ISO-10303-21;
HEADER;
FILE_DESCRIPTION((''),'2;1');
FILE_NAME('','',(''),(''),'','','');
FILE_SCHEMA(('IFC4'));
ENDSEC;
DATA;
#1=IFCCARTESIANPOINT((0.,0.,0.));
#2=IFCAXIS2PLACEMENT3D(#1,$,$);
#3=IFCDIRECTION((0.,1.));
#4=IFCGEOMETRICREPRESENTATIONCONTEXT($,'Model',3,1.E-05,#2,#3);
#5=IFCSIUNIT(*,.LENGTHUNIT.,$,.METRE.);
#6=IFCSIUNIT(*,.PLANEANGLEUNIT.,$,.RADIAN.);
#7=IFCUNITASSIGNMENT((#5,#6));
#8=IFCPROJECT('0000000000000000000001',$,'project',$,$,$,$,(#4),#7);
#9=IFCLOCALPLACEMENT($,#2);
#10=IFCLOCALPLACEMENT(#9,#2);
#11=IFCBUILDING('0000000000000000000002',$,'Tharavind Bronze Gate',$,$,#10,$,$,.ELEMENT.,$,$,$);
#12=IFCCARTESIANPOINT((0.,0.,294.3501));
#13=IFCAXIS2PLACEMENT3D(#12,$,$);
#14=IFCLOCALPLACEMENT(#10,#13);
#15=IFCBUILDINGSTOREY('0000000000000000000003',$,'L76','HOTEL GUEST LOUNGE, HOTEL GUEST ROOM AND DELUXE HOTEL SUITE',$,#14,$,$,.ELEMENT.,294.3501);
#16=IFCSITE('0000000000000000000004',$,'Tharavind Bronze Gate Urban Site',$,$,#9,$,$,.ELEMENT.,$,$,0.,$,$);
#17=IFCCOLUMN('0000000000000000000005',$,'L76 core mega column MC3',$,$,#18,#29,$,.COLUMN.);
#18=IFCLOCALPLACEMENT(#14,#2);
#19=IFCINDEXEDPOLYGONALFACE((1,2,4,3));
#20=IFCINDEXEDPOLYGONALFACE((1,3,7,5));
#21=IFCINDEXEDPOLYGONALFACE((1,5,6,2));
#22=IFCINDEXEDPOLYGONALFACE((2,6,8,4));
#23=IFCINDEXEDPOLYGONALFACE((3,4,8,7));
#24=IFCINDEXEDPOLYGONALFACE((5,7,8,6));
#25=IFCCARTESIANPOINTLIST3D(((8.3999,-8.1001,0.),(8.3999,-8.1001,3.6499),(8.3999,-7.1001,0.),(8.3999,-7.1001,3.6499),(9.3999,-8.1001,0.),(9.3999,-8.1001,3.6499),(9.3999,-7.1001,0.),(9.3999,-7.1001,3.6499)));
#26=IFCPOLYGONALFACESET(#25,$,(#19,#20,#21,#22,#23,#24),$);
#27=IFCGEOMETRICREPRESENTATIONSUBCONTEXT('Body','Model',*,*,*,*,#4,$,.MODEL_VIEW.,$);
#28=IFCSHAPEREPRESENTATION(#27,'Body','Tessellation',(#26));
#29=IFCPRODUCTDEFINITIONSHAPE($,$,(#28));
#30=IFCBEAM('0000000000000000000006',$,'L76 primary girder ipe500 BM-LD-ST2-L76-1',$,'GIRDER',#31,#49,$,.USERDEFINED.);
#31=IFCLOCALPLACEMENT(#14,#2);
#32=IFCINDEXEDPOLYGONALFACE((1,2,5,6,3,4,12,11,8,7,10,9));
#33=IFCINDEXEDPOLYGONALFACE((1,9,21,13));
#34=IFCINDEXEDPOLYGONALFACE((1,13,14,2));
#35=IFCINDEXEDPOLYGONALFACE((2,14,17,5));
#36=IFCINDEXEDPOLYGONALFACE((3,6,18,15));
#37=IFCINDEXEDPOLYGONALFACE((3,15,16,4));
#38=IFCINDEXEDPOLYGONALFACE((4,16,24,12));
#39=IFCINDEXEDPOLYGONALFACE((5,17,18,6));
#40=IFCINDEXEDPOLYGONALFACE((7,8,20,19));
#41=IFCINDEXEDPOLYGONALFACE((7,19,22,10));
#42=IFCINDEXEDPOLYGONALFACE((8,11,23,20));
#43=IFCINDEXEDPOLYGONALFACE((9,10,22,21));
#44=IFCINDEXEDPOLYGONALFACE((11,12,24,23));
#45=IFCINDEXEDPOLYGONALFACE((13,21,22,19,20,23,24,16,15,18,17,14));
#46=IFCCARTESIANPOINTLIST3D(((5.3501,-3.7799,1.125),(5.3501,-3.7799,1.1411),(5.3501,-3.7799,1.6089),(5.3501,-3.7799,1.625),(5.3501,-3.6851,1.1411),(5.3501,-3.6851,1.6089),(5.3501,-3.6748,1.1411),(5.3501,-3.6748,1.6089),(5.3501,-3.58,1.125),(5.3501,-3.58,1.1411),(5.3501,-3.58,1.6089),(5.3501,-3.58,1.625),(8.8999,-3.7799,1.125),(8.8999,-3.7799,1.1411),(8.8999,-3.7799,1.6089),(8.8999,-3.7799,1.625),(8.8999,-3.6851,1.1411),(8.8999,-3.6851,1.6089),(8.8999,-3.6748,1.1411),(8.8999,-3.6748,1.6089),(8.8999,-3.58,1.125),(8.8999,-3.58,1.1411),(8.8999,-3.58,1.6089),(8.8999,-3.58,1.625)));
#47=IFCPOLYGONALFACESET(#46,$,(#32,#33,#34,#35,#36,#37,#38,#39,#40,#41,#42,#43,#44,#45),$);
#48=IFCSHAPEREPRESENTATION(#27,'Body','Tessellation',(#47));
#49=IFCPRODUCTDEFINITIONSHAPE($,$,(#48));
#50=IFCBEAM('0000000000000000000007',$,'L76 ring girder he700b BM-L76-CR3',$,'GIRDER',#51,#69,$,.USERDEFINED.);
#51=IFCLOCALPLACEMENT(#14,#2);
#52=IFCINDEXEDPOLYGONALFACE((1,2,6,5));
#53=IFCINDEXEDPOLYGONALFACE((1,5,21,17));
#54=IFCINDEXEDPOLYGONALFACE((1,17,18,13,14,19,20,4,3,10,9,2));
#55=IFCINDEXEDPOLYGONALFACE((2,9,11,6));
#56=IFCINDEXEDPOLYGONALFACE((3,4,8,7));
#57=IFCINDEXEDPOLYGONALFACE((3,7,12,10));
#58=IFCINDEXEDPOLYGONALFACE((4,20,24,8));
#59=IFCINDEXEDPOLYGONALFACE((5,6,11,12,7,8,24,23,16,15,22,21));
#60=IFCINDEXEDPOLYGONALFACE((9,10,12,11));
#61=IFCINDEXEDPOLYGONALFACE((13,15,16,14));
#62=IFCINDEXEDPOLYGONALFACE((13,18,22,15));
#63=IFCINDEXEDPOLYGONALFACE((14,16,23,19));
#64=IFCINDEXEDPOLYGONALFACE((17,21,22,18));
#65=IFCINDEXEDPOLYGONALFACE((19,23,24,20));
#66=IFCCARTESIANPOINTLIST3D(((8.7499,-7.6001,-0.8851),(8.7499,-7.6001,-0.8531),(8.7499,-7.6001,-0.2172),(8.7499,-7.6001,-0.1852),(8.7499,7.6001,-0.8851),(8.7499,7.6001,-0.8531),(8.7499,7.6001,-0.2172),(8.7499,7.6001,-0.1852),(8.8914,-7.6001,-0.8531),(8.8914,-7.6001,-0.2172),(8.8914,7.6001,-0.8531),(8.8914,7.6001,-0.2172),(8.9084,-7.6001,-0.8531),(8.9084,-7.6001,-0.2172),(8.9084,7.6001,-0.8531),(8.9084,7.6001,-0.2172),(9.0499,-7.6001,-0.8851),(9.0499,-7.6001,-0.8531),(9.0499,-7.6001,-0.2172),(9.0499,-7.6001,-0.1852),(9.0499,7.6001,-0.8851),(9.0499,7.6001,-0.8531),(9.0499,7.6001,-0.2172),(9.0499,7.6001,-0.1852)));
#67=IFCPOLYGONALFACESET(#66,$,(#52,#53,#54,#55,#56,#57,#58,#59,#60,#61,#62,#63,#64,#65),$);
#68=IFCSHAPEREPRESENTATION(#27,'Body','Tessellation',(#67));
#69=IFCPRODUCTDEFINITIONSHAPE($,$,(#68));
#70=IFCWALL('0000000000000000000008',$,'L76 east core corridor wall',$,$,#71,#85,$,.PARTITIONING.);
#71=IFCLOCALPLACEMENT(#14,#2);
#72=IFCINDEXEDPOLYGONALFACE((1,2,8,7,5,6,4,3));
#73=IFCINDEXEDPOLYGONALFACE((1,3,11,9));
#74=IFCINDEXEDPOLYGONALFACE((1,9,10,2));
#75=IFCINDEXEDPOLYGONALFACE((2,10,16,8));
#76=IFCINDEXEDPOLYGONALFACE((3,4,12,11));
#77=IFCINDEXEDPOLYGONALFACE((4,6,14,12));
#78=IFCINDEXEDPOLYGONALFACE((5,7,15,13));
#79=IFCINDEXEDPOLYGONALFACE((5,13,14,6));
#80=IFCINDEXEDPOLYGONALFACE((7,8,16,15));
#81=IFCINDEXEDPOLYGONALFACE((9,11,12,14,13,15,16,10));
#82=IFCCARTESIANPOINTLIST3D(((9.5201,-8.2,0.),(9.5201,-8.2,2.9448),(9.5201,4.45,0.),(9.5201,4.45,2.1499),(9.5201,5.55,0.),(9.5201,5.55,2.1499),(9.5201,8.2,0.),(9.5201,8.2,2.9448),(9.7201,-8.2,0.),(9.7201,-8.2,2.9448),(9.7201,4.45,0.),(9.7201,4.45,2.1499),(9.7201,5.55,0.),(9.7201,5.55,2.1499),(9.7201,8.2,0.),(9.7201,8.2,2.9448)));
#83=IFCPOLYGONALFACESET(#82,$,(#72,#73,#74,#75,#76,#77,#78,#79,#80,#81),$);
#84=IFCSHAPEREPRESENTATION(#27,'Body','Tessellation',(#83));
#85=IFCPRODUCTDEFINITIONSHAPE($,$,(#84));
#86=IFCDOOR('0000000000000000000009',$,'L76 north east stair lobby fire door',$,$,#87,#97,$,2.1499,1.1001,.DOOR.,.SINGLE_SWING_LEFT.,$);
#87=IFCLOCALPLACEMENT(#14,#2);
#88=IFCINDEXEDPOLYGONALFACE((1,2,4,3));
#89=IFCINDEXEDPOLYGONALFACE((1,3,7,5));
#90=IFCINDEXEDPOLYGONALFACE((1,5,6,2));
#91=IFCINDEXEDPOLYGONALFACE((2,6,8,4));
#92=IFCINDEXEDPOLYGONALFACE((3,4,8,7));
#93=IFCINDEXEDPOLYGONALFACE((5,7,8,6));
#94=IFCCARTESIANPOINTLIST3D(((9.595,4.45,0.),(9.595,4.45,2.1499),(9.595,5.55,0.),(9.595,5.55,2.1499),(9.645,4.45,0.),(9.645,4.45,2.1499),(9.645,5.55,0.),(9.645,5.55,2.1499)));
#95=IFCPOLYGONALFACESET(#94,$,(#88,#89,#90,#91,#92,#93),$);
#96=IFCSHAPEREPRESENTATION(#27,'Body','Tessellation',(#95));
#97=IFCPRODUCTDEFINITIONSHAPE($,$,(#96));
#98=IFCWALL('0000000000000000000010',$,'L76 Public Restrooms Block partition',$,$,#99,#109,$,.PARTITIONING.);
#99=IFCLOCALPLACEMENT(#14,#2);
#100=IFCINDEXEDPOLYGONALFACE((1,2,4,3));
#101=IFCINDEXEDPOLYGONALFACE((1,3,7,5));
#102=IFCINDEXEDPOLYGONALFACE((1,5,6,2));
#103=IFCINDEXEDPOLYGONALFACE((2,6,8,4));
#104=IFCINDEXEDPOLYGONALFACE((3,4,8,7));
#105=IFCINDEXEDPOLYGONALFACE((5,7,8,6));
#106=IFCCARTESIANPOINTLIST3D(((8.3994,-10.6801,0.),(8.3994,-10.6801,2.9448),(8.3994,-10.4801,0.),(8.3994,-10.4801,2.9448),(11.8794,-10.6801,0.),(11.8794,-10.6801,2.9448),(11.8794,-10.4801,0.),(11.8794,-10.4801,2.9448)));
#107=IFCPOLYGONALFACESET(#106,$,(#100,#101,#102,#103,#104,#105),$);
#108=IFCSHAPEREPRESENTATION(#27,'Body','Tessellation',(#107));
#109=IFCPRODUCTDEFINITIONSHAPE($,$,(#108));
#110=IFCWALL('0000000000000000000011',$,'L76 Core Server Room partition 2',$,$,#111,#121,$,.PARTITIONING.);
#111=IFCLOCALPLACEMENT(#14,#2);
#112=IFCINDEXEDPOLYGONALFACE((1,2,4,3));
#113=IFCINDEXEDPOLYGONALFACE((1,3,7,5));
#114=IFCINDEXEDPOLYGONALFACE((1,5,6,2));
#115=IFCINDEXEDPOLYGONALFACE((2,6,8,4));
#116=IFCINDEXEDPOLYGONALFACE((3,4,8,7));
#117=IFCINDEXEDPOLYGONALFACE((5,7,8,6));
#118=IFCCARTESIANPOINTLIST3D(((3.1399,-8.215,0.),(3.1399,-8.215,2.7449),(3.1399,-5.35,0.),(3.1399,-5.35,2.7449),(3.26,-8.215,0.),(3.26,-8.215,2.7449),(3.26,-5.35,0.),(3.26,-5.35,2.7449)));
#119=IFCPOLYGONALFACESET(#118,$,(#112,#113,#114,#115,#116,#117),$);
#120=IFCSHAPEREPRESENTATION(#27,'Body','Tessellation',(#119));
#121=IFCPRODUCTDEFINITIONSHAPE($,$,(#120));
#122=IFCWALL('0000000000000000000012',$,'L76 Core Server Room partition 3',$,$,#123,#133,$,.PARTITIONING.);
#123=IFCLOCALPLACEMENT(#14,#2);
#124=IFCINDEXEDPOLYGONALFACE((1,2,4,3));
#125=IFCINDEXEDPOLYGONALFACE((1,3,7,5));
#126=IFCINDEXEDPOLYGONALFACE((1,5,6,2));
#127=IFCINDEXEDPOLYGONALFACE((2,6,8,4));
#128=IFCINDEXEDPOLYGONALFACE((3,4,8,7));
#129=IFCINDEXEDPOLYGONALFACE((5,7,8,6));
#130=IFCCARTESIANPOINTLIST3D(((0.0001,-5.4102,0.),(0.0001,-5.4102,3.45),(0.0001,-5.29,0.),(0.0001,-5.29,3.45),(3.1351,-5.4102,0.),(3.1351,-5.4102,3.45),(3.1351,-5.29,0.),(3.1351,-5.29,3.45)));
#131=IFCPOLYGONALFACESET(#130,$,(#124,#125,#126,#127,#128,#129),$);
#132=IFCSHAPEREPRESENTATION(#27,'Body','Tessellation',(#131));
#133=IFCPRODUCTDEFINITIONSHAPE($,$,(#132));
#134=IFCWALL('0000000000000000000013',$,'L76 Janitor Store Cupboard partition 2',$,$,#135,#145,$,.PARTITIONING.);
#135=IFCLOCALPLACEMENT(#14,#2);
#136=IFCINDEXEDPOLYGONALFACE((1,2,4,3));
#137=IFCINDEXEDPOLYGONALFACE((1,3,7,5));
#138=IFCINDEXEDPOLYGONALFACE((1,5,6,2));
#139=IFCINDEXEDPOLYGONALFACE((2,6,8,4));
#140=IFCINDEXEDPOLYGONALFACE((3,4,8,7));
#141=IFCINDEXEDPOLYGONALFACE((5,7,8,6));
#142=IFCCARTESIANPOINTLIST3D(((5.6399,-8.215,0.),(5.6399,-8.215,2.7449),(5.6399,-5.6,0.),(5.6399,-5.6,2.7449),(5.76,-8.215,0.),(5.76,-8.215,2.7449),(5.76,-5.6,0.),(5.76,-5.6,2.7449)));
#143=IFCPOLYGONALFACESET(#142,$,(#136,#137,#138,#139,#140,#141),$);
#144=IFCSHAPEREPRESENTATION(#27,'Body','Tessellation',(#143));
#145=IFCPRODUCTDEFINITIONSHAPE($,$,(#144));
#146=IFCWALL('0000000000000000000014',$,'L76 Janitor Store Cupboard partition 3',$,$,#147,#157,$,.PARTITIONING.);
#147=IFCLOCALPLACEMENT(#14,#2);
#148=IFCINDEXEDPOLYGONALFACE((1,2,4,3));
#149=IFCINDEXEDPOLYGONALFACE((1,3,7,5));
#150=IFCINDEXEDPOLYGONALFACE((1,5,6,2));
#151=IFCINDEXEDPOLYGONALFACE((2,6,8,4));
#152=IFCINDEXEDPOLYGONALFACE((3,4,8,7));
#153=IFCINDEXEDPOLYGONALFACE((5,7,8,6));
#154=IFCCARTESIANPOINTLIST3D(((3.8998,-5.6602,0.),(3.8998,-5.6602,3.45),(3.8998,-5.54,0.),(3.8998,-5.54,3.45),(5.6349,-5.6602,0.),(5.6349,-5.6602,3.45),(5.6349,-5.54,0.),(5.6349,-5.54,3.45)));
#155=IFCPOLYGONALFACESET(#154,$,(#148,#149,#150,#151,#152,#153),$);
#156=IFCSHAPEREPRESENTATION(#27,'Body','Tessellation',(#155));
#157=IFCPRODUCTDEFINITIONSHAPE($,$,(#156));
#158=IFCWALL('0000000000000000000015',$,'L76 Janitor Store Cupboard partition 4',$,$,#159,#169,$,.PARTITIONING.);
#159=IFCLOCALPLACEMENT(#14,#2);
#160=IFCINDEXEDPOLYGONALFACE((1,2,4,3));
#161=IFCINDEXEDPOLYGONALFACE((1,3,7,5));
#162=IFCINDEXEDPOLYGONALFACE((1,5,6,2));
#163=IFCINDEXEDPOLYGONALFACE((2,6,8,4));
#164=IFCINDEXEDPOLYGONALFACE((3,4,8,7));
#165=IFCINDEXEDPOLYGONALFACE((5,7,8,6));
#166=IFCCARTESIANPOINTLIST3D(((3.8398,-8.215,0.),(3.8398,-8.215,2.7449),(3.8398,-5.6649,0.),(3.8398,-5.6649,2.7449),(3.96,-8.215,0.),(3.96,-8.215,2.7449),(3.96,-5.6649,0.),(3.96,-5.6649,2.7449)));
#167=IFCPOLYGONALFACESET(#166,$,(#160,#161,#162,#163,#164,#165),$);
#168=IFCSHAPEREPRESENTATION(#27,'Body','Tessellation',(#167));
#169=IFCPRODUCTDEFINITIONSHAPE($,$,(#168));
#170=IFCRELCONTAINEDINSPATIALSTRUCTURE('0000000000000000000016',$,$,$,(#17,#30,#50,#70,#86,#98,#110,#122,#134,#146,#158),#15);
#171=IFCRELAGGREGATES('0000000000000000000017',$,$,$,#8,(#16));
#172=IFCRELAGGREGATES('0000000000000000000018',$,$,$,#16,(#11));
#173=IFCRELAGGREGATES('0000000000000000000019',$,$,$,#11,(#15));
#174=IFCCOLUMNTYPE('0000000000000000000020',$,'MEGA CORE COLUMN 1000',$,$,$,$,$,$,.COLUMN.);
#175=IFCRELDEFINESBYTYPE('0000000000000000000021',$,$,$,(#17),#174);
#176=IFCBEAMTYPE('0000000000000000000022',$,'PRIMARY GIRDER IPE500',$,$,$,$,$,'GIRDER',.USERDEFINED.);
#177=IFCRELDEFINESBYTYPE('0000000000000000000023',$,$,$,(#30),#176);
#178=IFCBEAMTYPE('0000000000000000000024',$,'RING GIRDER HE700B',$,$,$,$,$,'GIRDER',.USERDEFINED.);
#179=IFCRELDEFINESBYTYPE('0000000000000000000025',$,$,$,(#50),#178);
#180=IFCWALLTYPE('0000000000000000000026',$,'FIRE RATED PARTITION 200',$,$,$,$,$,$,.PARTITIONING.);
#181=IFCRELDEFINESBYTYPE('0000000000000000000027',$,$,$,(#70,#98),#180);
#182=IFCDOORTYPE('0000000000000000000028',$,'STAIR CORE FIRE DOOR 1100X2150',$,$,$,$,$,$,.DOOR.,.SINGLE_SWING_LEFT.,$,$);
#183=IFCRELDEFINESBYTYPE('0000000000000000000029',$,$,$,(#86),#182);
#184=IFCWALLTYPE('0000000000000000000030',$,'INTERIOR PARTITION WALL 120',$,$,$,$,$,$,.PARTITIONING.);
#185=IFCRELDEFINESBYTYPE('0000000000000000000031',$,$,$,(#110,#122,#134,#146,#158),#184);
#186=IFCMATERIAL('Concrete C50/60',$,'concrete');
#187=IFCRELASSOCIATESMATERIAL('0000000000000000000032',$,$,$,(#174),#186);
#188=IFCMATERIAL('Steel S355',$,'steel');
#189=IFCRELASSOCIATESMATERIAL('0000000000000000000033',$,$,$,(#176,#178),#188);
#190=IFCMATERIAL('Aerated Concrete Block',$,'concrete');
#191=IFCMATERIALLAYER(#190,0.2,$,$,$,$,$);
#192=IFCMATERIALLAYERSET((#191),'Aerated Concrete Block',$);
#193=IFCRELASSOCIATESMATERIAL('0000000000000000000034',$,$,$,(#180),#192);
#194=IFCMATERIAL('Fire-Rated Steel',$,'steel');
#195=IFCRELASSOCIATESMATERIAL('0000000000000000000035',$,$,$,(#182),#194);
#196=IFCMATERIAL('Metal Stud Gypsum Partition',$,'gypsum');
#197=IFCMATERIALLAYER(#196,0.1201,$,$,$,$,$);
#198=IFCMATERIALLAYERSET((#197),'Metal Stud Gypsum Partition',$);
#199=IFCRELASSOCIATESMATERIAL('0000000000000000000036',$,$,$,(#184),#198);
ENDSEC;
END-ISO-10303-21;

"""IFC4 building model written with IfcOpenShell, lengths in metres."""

from ifc_helpers import new_model, si_unit, direction, frame, frame_2d, origin, origin_2d, place, context, subcontext, project, spatial, rectangle, i_section, extrude, material, layer, layer_set, material_profile, profile_set, type_object, element, fill, save


model = new_model("IFC4")

# Units and contexts
model_context = context("Model", 3, precision=1e-05, world=origin(), true_north=direction((0.0, 1.0)))
body_context = subcontext(model_context, "Body", "Model", "MODEL_VIEW")
ifc_project = project(units=[si_unit("LENGTHUNIT", "METRE"), si_unit("PLANEANGLEUNIT", "RADIAN")], contexts=[model_context])

# Site, building, storey
site_placement = place(None, origin())
site = spatial("IfcSite", under=ifc_project, at=site_placement, Name="Tharavind Bronze Gate Urban Site", CompositionType="ELEMENT", RefElevation=0.0)
building_placement = place(site_placement, origin())
building = spatial("IfcBuilding", under=site, at=building_placement, Name="Tharavind Bronze Gate", CompositionType="ELEMENT")
storey_placement = place(building_placement, frame((0.0, 0.0, 294.3501)))
storey = spatial("IfcBuildingStorey", under=building, at=storey_placement, Name="L76", Description="HOTEL GUEST LOUNGE, HOTEL GUEST ROOM AND DELUXE HOTEL SUITE", CompositionType="ELEMENT", Elevation=294.3501)

# Column
ifc_material_1 = material(Name="Concrete C50/60", Category="concrete")
ifc_material_profile_1 = material_profile(ifc_material_1, rectangle(XDim=1.0, YDim=1.0, at=origin_2d()), Name="RCCOL1000")
ifc_profile_set_1 = profile_set([ifc_material_profile_1], Name="Concrete C50/60")
column_type = type_object("IfcColumnType", Name="MEGA CORE COLUMN 1000", PredefinedType="COLUMN", material=ifc_profile_set_1)
column_placement = place(storey_placement, frame((8.8999, -7.6001, 0.0), z_axis=(0.0, 0.0, 1.0), x_axis=(1.0, 0.0, 0.0)))
element("IfcColumn", 1, at=column_placement, inside=storey, type_object=column_type, Name="L76 core mega column MC3", PredefinedType="COLUMN", context=body_context, shape_type="SweptSolid", body=[
    extrude(rectangle(XDim=1.0, YDim=1.0, at=origin_2d()), origin(), (0.0, 0.0, 1.0), 3.6499),
])

# Beams
ifc_material_2 = material(Name="Steel S355", Category="steel")
ifc_material_profile_2 = material_profile(ifc_material_2, i_section(OverallWidth=0.2, OverallDepth=0.5, WebThickness=0.0103, FlangeThickness=0.0161, at=origin_2d()), Name="IPE500")
ifc_profile_set_2 = profile_set([ifc_material_profile_2], Name="Steel S355")
beam_type_1 = type_object("IfcBeamType", Name="PRIMARY GIRDER IPE500", ElementType="GIRDER", PredefinedType="USERDEFINED", material=ifc_profile_set_2)
beam_1_placement = place(storey_placement, frame((5.3501, -3.6799, 1.375), z_axis=(1.0, 0.0, 0.0), x_axis=(0.0, 1.0, 0.0)))
element("IfcBeam", 2, at=beam_1_placement, inside=storey, type_object=beam_type_1, Name="L76 primary girder ipe500 BM-LD-ST2-L76-1", ObjectType="GIRDER", PredefinedType="USERDEFINED", context=body_context, shape_type="SweptSolid", body=[
    extrude(i_section(OverallWidth=0.2, OverallDepth=0.5, WebThickness=0.0103, FlangeThickness=0.0161, at=origin_2d()), origin(), (0.0, 0.0, 1.0), 3.5498),
])
ifc_material_profile_3 = material_profile(ifc_material_2, i_section(OverallWidth=0.3, OverallDepth=0.7, WebThickness=0.0171, FlangeThickness=0.032, at=origin_2d()), Name="HE700B")
ifc_profile_set_3 = profile_set([ifc_material_profile_3], Name="Steel S355")
beam_type_2 = type_object("IfcBeamType", Name="RING GIRDER HE700B", ElementType="GIRDER", PredefinedType="USERDEFINED", material=ifc_profile_set_3)
beam_2_placement = place(storey_placement, frame((8.8999, -7.6001, -0.5352), z_axis=(0.0, 1.0, 0.0), x_axis=(-1.0, 0.0, 0.0)))
element("IfcBeam", 3, at=beam_2_placement, inside=storey, type_object=beam_type_2, Name="L76 ring girder he700b BM-L76-CR3", ObjectType="GIRDER", PredefinedType="USERDEFINED", context=body_context, shape_type="SweptSolid", body=[
    extrude(i_section(OverallWidth=0.3, OverallDepth=0.7, WebThickness=0.0171, FlangeThickness=0.032, at=origin_2d()), origin(), (0.0, 0.0, 1.0), 15.2002),
])

# Wall, opening, door
ifc_material_3 = material(Name="Aerated Concrete Block", Category="concrete")
ifc_layer_1 = layer(ifc_material_3, 0.2)
ifc_layer_set_1 = layer_set([ifc_layer_1], Name="Aerated Concrete Block")
wall_type_1 = type_object("IfcWallType", Name="FIRE RATED PARTITION 200", PredefinedType="PARTITIONING", material=ifc_layer_set_1)
wall_1_placement = place(storey_placement, frame((9.6201, -8.2, 0.0), z_axis=(0.0, 0.0, 1.0), x_axis=(0.0, 1.0, 0.0)))
wall_1 = element("IfcWall", 4, at=wall_1_placement, inside=storey, type_object=wall_type_1, Name="L76 east core corridor wall", PredefinedType="PARTITIONING", context=body_context, shape_type="SweptSolid", body=[
    extrude(rectangle(XDim=16.3999, YDim=0.2, at=frame_2d((8.2, 0.0))), origin(), (0.0, 0.0, 1.0), 2.9448),
])
opening_1_placement = place(wall_1_placement, frame((12.6499, 0.0, 0.0)))
opening_1 = element("IfcOpeningElement", 5, at=opening_1_placement, cuts=wall_1, PredefinedType="OPENING", context=body_context, shape_type="SweptSolid", body=[
    extrude(rectangle(XDim=1.1001, YDim=2.1499, at=frame_2d((0.55, 1.075))), frame((0.0, 0.1101, 0.0), z_axis=(0.0, -1.0, 0.0), x_axis=(1.0, 0.0, 0.0)), (0.0, 0.0, 1.0), 0.22),
])
ifc_material_4 = material(Name="Fire-Rated Steel", Category="steel")
door_type_1 = type_object("IfcDoorType", Name="STAIR CORE FIRE DOOR 1100X2150", OperationType="SINGLE_SWING_LEFT", PredefinedType="DOOR", material=ifc_material_4)
door_1_placement = place(opening_1_placement, frame((1.1001, 0.0, 0.0), z_axis=(0.0, 0.0, 1.0), x_axis=(-1.0, 0.0, 0.0)))
door_1 = element("IfcDoor", 6, at=door_1_placement, inside=storey, type_object=door_type_1, Name="L76 north east stair lobby fire door", OperationType="SINGLE_SWING_LEFT", OverallHeight=2.1499, OverallWidth=1.1001, PredefinedType="DOOR", context=body_context, shape_type="SweptSolid", body=[
    extrude(rectangle(XDim=1.1001, YDim=2.1499, at=frame_2d((0.55, 1.075))), frame((0.0, 0.0249, 0.0), z_axis=(0.0, -1.0, 0.0), x_axis=(1.0, 0.0, 0.0)), (0.0, 0.0, 1.0), 0.05),
])
fill(opening_1, door_1)

# Walls
wall_2_placement = place(storey_placement, frame((8.3994, -10.5801, 0.0), z_axis=(0.0, 0.0, 1.0), x_axis=(1.0, 0.0, 0.0)))
element("IfcWall", 7, at=wall_2_placement, inside=storey, type_object=wall_type_1, Name="L76 Public Restrooms Block partition", PredefinedType="PARTITIONING", context=body_context, shape_type="SweptSolid", body=[
    extrude(rectangle(XDim=3.48, YDim=0.2, at=frame_2d((1.74, 0.0))), origin(), (0.0, 0.0, 1.0), 2.9448),
])
ifc_material_5 = material(Name="Metal Stud Gypsum Partition", Category="gypsum")
ifc_layer_2 = layer(ifc_material_5, 0.1201)
ifc_layer_set_2 = layer_set([ifc_layer_2], Name="Metal Stud Gypsum Partition")
wall_type_2 = type_object("IfcWallType", Name="INTERIOR PARTITION WALL 120", PredefinedType="PARTITIONING", material=ifc_layer_set_2)
wall_3_placement = place(storey_placement, frame((3.2, -8.2151, 0.0), z_axis=(0.0, 0.0, 1.0), x_axis=(0.0, 1.0, 0.0)))
element("IfcWall", 8, at=wall_3_placement, inside=storey, type_object=wall_type_2, Name="L76 Core Server Room partition 2", PredefinedType="PARTITIONING", context=body_context, shape_type="SweptSolid", body=[
    extrude(rectangle(XDim=2.865, YDim=0.1201, at=frame_2d((1.4326, 0.0))), origin(), (0.0, 0.0, 1.0), 2.7449),
])
wall_4_placement = place(storey_placement, frame((3.135, -5.3501, 0.0), z_axis=(0.0, 0.0, 1.0), x_axis=(-1.0, 0.0, 0.0)))
element("IfcWall", 9, at=wall_4_placement, inside=storey, type_object=wall_type_2, Name="L76 Core Server Room partition 3", PredefinedType="PARTITIONING", context=body_context, shape_type="SweptSolid", body=[
    extrude(rectangle(XDim=3.135, YDim=0.1201, at=frame_2d((1.5674, 0.0))), origin(), (0.0, 0.0, 1.0), 3.45),
])
wall_5_placement = place(storey_placement, frame((5.7, -8.2151, 0.0), z_axis=(0.0, 0.0, 1.0), x_axis=(0.0, 1.0, 0.0)))
element("IfcWall", 10, at=wall_5_placement, inside=storey, type_object=wall_type_2, Name="L76 Janitor Store Cupboard partition 2", PredefinedType="PARTITIONING", context=body_context, shape_type="SweptSolid", body=[
    extrude(rectangle(XDim=2.615, YDim=0.1201, at=frame_2d((1.3076, 0.0))), origin(), (0.0, 0.0, 1.0), 2.7449),
])
wall_6_placement = place(storey_placement, frame((5.635, -5.6001, 0.0), z_axis=(0.0, 0.0, 1.0), x_axis=(-1.0, 0.0, 0.0)))
element("IfcWall", 11, at=wall_6_placement, inside=storey, type_object=wall_type_2, Name="L76 Janitor Store Cupboard partition 3", PredefinedType="PARTITIONING", context=body_context, shape_type="SweptSolid", body=[
    extrude(rectangle(XDim=1.7351, YDim=0.1201, at=frame_2d((0.8677, 0.0))), origin(), (0.0, 0.0, 1.0), 3.45),
])
wall_7_placement = place(storey_placement, frame((3.8999, -5.665, 0.0), z_axis=(0.0, 0.0, 1.0), x_axis=(0.0, -1.0, 0.0)))
element("IfcWall", 12, at=wall_7_placement, inside=storey, type_object=wall_type_2, Name="L76 Janitor Store Cupboard partition 4", PredefinedType="PARTITIONING", context=body_context, shape_type="SweptSolid", body=[
    extrude(rectangle(XDim=2.55, YDim=0.1201, at=frame_2d((1.2749, 0.0))), origin(), (0.0, 0.0, 1.0), 2.7449),
])

save(model, "model.ifc")
